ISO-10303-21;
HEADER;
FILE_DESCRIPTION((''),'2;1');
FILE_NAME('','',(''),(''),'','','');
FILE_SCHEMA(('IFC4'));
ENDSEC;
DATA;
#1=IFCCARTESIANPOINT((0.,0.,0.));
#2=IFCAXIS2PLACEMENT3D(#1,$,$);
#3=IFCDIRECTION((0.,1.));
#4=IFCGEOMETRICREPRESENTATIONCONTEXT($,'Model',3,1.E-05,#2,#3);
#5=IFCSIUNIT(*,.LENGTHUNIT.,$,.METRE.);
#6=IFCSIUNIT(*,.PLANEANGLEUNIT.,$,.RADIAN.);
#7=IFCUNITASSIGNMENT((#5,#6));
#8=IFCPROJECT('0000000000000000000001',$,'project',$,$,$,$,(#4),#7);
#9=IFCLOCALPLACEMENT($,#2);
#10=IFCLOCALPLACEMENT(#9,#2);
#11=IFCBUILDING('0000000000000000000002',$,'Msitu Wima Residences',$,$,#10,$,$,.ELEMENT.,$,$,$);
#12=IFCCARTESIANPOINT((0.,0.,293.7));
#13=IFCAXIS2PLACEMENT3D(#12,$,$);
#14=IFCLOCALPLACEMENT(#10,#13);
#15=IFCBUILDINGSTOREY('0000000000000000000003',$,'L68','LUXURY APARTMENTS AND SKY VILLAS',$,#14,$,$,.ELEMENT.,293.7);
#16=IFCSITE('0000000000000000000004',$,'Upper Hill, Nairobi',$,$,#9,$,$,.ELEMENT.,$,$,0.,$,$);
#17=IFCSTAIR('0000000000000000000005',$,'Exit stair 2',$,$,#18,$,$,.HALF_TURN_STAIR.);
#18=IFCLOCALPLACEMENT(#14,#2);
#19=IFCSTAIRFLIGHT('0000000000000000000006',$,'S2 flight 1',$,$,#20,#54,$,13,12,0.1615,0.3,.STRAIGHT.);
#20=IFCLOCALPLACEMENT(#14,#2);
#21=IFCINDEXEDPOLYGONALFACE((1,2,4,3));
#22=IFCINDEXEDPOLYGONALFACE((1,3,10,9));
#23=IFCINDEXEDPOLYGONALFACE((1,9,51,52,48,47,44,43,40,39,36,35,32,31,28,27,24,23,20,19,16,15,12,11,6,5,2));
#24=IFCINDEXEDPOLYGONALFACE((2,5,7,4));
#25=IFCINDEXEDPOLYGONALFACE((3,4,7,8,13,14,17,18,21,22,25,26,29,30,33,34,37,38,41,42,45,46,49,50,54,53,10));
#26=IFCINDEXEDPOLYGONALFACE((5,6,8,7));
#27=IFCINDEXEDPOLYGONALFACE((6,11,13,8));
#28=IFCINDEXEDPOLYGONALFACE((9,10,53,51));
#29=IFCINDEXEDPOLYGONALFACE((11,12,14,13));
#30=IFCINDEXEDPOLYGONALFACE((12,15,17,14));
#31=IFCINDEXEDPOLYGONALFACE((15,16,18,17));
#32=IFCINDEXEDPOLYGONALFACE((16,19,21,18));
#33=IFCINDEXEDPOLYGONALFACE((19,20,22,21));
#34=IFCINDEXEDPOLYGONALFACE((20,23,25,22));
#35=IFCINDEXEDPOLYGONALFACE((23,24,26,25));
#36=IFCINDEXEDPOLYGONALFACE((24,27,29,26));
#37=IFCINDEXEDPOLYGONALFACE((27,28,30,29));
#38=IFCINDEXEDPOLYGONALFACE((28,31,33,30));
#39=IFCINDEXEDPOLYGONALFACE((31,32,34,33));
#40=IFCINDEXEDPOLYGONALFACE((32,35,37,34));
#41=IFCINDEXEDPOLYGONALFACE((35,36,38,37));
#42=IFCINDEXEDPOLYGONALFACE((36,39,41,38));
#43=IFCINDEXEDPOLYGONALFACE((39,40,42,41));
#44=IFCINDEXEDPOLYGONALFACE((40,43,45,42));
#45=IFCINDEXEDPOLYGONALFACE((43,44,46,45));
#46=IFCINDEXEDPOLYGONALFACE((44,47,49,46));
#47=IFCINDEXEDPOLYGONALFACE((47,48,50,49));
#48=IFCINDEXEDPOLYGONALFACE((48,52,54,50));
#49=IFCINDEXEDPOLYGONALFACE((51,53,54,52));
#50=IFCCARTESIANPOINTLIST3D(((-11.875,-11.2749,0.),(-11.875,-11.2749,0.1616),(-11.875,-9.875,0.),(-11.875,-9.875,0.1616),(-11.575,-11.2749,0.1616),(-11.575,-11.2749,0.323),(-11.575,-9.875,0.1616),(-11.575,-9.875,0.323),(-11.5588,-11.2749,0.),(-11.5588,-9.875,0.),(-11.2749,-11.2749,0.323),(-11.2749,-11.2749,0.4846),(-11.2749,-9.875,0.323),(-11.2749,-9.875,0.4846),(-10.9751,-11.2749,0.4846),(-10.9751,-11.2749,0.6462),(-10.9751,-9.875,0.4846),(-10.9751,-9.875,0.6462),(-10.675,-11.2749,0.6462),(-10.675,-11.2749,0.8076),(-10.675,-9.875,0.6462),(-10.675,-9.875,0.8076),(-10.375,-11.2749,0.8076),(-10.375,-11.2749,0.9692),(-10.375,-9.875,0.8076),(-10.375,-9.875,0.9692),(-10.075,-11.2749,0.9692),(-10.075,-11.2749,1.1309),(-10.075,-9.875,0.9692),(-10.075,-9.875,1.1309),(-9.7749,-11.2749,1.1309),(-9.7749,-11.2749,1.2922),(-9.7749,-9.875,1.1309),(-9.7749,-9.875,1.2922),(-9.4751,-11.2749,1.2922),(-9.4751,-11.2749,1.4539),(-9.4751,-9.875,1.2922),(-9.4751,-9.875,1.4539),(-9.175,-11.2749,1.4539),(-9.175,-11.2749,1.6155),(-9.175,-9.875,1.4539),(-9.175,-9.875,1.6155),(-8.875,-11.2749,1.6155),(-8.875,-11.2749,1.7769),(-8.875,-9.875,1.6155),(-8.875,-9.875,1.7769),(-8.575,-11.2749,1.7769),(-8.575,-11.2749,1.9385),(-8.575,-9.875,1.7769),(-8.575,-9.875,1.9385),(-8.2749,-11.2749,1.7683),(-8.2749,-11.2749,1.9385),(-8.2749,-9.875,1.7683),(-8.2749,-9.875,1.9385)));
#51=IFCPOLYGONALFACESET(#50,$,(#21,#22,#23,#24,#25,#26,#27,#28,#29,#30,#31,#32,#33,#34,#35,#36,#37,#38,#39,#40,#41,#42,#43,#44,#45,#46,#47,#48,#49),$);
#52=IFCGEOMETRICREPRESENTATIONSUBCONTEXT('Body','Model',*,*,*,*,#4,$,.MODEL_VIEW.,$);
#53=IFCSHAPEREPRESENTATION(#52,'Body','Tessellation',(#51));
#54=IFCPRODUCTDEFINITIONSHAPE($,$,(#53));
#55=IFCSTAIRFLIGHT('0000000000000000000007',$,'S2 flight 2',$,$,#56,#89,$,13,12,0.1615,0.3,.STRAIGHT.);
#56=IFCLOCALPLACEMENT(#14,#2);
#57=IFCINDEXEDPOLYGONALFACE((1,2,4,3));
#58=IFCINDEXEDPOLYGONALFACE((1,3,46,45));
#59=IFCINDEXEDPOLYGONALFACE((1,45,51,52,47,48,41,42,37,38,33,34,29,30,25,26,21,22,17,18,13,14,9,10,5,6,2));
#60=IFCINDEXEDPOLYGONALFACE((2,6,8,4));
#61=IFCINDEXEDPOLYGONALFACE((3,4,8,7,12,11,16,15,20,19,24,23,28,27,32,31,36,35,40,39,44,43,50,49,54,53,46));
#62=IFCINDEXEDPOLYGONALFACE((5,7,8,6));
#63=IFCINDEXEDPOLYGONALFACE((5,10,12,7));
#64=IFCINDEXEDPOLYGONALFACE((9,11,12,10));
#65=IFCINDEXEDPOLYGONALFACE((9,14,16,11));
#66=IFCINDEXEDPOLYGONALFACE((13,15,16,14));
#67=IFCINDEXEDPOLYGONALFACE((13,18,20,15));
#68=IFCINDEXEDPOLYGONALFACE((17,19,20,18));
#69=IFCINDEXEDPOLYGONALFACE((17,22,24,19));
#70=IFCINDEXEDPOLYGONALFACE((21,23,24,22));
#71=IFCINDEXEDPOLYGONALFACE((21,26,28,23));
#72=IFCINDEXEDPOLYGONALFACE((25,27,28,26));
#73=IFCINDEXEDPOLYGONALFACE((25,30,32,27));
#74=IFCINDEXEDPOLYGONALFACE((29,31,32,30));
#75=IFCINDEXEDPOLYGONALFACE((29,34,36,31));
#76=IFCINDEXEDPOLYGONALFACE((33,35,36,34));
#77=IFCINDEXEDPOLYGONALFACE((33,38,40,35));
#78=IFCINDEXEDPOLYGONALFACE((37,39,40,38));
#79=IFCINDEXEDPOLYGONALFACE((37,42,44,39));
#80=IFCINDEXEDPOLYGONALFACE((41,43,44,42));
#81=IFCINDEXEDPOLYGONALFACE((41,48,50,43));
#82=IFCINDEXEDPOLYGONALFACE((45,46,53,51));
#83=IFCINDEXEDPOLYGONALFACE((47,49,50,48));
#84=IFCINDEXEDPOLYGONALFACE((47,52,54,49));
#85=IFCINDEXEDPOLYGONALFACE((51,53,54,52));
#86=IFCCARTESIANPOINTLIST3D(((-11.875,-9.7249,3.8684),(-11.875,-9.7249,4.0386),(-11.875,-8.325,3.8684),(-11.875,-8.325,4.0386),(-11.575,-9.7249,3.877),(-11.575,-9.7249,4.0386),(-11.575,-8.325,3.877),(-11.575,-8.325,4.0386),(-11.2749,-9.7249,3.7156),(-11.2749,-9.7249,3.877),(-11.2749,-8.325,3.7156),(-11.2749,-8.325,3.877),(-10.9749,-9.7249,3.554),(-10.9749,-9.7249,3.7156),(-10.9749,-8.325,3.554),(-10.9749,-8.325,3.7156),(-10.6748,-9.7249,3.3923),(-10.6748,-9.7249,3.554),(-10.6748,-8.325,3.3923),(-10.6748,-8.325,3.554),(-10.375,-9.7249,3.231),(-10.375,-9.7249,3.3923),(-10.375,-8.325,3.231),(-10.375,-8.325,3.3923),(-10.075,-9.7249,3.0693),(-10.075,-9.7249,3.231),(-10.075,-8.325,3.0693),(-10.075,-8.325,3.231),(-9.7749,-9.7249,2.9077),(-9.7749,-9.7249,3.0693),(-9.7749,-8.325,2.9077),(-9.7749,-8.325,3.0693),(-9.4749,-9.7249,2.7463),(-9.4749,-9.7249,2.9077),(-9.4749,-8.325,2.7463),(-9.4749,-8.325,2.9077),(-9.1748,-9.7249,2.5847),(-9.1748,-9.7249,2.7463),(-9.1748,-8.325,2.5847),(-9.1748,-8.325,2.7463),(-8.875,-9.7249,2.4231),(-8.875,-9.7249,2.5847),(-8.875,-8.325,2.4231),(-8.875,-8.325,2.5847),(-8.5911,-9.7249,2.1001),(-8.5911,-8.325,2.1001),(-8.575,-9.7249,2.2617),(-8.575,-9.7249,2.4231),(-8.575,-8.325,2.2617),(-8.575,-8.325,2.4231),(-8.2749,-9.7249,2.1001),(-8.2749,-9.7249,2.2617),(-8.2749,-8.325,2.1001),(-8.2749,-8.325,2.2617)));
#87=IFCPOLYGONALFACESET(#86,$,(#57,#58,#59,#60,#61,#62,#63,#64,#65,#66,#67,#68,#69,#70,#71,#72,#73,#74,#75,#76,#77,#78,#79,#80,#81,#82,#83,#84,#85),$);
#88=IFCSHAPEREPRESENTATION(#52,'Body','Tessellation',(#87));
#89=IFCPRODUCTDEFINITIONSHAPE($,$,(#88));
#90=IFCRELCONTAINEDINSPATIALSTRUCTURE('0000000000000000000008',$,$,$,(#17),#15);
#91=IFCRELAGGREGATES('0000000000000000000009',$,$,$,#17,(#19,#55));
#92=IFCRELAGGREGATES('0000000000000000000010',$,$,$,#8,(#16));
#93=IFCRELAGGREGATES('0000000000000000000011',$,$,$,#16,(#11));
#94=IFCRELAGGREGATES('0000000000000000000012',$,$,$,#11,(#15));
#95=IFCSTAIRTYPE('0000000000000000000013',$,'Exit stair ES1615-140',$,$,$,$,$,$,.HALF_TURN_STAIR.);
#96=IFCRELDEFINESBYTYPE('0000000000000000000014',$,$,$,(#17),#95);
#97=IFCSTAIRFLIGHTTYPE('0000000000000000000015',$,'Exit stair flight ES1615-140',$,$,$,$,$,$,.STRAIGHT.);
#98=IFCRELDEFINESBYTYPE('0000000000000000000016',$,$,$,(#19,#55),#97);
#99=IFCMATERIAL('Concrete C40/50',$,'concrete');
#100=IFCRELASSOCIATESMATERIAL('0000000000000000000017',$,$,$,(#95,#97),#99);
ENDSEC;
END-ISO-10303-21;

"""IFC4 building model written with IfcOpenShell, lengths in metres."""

from ifc_helpers import new_model, si_unit, direction, frame, origin, place, context, subcontext, project, spatial, polyline, outline, extrude, material, type_object, element, aggregate, save


model = new_model("IFC4")

# Units and contexts
model_context = context("Model", 3, precision=1e-05, world=origin(), true_north=direction((0.0, 1.0)))
body_context = subcontext(model_context, "Body", "Model", "MODEL_VIEW")
ifc_project = project(units=[si_unit("LENGTHUNIT", "METRE"), si_unit("PLANEANGLEUNIT", "RADIAN")], contexts=[model_context])

# Site, building, storey
site_placement = place(None, origin())
site = spatial("IfcSite", under=ifc_project, at=site_placement, Name="Upper Hill, Nairobi", CompositionType="ELEMENT", RefElevation=0.0)
building_placement = place(site_placement, origin())
building = spatial("IfcBuilding", under=site, at=building_placement, Name="Msitu Wima Residences", CompositionType="ELEMENT")
storey_placement = place(building_placement, frame((0.0, 0.0, 293.7)))
storey = spatial("IfcBuildingStorey", under=building, at=storey_placement, Name="L68", Description="LUXURY APARTMENTS AND SKY VILLAS", CompositionType="ELEMENT", Elevation=293.7)

# Shared definitions
ifc_material_1 = material(Name="Concrete C40/50", Category="concrete")

# Stair, stair flights
stair_type = type_object("IfcStairType", Name="Exit stair ES1615-140", PredefinedType="HALF_TURN_STAIR", material=ifc_material_1)
stair_placement = place(storey_placement, origin())
stair = element("IfcStair", 1, at=stair_placement, inside=storey, type_object=stair_type, Name="Exit stair 2", PredefinedType="HALF_TURN_STAIR")
stair_flight_type = type_object("IfcStairFlightType", Name="Exit stair flight ES1615-140", PredefinedType="STRAIGHT", material=ifc_material_1)
stair_flight_1_placement = place(storey_placement, frame((-11.875, -10.575, 0.0), z_axis=(0.0, 0.0, 1.0), x_axis=(1.0, 0.0, 0.0)))
stair_flight_1 = element("IfcStairFlight", 2, at=stair_flight_1_placement, type_object=stair_flight_type, Name="S2 flight 1", NumberOfRisers=13, NumberOfTreads=12, PredefinedType="STRAIGHT", RiserHeight=0.1615, TreadLength=0.3, context=body_context, shape_type="SweptSolid", body=[
    extrude(outline(polyline([(0.0, 0.0), (0.0, 0.1616), (0.3, 0.1616), (0.3, 0.323), (0.6001, 0.323), (0.6001, 0.4846), (0.8999, 0.4846), (0.8999, 0.6462), (1.2, 0.6462), (1.2, 0.8076), (1.5, 0.8076), (1.5, 0.9692), (1.8, 0.9692), (1.8, 1.1309), (2.1001, 1.1309), (2.1001, 1.2922), (2.3999, 1.2922), (2.3999, 1.4539), (2.7, 1.4539), (2.7, 1.6155), (3.0, 1.6155), (3.0, 1.7769), (3.3, 1.7769), (3.3, 1.9385), (3.6001, 1.9385), (3.6001, 2.1001), (3.6001, 1.7683), (0.3162, 0.0), (0.0, 0.0)])), frame((0.0, 0.7, 0.0), z_axis=(0.0, -1.0, 0.0), x_axis=(1.0, 0.0, 0.0)), (0.0, 0.0, 1.0), 1.3999),
])
stair_flight_2_placement = place(storey_placement, frame((-8.2749, -9.0249, 2.1001), z_axis=(0.0, 0.0, 1.0), x_axis=(-1.0, 0.0, 0.0)))
stair_flight_2 = element("IfcStairFlight", 3, at=stair_flight_2_placement, type_object=stair_flight_type, Name="S2 flight 2", NumberOfRisers=13, NumberOfTreads=12, PredefinedType="STRAIGHT", RiserHeight=0.1615, TreadLength=0.3, context=body_context, shape_type="SweptSolid", body=[
    extrude(outline(polyline([(0.0, 0.0), (0.0, 0.1616), (0.3, 0.1616), (0.3, 0.323), (0.6001, 0.323), (0.6001, 0.4846), (0.8999, 0.4846), (0.8999, 0.6462), (1.2, 0.6462), (1.2, 0.8076), (1.5, 0.8076), (1.5, 0.9692), (1.8, 0.9692), (1.8, 1.1309), (2.1001, 1.1309), (2.1001, 1.2922), (2.3999, 1.2922), (2.3999, 1.4539), (2.7, 1.4539), (2.7, 1.6155), (3.0, 1.6155), (3.0, 1.7769), (3.3, 1.7769), (3.3, 1.9385), (3.6001, 1.9385), (3.6001, 2.1001), (3.6001, 1.7683), (0.3162, 0.0), (0.0, 0.0)])), frame((0.0, 0.7, 0.0), z_axis=(0.0, -1.0, 0.0), x_axis=(1.0, 0.0, 0.0)), (0.0, 0.0, 1.0), 1.3999),
])
aggregate(stair, [stair_flight_1, stair_flight_2])

save(model, "model.ifc")
